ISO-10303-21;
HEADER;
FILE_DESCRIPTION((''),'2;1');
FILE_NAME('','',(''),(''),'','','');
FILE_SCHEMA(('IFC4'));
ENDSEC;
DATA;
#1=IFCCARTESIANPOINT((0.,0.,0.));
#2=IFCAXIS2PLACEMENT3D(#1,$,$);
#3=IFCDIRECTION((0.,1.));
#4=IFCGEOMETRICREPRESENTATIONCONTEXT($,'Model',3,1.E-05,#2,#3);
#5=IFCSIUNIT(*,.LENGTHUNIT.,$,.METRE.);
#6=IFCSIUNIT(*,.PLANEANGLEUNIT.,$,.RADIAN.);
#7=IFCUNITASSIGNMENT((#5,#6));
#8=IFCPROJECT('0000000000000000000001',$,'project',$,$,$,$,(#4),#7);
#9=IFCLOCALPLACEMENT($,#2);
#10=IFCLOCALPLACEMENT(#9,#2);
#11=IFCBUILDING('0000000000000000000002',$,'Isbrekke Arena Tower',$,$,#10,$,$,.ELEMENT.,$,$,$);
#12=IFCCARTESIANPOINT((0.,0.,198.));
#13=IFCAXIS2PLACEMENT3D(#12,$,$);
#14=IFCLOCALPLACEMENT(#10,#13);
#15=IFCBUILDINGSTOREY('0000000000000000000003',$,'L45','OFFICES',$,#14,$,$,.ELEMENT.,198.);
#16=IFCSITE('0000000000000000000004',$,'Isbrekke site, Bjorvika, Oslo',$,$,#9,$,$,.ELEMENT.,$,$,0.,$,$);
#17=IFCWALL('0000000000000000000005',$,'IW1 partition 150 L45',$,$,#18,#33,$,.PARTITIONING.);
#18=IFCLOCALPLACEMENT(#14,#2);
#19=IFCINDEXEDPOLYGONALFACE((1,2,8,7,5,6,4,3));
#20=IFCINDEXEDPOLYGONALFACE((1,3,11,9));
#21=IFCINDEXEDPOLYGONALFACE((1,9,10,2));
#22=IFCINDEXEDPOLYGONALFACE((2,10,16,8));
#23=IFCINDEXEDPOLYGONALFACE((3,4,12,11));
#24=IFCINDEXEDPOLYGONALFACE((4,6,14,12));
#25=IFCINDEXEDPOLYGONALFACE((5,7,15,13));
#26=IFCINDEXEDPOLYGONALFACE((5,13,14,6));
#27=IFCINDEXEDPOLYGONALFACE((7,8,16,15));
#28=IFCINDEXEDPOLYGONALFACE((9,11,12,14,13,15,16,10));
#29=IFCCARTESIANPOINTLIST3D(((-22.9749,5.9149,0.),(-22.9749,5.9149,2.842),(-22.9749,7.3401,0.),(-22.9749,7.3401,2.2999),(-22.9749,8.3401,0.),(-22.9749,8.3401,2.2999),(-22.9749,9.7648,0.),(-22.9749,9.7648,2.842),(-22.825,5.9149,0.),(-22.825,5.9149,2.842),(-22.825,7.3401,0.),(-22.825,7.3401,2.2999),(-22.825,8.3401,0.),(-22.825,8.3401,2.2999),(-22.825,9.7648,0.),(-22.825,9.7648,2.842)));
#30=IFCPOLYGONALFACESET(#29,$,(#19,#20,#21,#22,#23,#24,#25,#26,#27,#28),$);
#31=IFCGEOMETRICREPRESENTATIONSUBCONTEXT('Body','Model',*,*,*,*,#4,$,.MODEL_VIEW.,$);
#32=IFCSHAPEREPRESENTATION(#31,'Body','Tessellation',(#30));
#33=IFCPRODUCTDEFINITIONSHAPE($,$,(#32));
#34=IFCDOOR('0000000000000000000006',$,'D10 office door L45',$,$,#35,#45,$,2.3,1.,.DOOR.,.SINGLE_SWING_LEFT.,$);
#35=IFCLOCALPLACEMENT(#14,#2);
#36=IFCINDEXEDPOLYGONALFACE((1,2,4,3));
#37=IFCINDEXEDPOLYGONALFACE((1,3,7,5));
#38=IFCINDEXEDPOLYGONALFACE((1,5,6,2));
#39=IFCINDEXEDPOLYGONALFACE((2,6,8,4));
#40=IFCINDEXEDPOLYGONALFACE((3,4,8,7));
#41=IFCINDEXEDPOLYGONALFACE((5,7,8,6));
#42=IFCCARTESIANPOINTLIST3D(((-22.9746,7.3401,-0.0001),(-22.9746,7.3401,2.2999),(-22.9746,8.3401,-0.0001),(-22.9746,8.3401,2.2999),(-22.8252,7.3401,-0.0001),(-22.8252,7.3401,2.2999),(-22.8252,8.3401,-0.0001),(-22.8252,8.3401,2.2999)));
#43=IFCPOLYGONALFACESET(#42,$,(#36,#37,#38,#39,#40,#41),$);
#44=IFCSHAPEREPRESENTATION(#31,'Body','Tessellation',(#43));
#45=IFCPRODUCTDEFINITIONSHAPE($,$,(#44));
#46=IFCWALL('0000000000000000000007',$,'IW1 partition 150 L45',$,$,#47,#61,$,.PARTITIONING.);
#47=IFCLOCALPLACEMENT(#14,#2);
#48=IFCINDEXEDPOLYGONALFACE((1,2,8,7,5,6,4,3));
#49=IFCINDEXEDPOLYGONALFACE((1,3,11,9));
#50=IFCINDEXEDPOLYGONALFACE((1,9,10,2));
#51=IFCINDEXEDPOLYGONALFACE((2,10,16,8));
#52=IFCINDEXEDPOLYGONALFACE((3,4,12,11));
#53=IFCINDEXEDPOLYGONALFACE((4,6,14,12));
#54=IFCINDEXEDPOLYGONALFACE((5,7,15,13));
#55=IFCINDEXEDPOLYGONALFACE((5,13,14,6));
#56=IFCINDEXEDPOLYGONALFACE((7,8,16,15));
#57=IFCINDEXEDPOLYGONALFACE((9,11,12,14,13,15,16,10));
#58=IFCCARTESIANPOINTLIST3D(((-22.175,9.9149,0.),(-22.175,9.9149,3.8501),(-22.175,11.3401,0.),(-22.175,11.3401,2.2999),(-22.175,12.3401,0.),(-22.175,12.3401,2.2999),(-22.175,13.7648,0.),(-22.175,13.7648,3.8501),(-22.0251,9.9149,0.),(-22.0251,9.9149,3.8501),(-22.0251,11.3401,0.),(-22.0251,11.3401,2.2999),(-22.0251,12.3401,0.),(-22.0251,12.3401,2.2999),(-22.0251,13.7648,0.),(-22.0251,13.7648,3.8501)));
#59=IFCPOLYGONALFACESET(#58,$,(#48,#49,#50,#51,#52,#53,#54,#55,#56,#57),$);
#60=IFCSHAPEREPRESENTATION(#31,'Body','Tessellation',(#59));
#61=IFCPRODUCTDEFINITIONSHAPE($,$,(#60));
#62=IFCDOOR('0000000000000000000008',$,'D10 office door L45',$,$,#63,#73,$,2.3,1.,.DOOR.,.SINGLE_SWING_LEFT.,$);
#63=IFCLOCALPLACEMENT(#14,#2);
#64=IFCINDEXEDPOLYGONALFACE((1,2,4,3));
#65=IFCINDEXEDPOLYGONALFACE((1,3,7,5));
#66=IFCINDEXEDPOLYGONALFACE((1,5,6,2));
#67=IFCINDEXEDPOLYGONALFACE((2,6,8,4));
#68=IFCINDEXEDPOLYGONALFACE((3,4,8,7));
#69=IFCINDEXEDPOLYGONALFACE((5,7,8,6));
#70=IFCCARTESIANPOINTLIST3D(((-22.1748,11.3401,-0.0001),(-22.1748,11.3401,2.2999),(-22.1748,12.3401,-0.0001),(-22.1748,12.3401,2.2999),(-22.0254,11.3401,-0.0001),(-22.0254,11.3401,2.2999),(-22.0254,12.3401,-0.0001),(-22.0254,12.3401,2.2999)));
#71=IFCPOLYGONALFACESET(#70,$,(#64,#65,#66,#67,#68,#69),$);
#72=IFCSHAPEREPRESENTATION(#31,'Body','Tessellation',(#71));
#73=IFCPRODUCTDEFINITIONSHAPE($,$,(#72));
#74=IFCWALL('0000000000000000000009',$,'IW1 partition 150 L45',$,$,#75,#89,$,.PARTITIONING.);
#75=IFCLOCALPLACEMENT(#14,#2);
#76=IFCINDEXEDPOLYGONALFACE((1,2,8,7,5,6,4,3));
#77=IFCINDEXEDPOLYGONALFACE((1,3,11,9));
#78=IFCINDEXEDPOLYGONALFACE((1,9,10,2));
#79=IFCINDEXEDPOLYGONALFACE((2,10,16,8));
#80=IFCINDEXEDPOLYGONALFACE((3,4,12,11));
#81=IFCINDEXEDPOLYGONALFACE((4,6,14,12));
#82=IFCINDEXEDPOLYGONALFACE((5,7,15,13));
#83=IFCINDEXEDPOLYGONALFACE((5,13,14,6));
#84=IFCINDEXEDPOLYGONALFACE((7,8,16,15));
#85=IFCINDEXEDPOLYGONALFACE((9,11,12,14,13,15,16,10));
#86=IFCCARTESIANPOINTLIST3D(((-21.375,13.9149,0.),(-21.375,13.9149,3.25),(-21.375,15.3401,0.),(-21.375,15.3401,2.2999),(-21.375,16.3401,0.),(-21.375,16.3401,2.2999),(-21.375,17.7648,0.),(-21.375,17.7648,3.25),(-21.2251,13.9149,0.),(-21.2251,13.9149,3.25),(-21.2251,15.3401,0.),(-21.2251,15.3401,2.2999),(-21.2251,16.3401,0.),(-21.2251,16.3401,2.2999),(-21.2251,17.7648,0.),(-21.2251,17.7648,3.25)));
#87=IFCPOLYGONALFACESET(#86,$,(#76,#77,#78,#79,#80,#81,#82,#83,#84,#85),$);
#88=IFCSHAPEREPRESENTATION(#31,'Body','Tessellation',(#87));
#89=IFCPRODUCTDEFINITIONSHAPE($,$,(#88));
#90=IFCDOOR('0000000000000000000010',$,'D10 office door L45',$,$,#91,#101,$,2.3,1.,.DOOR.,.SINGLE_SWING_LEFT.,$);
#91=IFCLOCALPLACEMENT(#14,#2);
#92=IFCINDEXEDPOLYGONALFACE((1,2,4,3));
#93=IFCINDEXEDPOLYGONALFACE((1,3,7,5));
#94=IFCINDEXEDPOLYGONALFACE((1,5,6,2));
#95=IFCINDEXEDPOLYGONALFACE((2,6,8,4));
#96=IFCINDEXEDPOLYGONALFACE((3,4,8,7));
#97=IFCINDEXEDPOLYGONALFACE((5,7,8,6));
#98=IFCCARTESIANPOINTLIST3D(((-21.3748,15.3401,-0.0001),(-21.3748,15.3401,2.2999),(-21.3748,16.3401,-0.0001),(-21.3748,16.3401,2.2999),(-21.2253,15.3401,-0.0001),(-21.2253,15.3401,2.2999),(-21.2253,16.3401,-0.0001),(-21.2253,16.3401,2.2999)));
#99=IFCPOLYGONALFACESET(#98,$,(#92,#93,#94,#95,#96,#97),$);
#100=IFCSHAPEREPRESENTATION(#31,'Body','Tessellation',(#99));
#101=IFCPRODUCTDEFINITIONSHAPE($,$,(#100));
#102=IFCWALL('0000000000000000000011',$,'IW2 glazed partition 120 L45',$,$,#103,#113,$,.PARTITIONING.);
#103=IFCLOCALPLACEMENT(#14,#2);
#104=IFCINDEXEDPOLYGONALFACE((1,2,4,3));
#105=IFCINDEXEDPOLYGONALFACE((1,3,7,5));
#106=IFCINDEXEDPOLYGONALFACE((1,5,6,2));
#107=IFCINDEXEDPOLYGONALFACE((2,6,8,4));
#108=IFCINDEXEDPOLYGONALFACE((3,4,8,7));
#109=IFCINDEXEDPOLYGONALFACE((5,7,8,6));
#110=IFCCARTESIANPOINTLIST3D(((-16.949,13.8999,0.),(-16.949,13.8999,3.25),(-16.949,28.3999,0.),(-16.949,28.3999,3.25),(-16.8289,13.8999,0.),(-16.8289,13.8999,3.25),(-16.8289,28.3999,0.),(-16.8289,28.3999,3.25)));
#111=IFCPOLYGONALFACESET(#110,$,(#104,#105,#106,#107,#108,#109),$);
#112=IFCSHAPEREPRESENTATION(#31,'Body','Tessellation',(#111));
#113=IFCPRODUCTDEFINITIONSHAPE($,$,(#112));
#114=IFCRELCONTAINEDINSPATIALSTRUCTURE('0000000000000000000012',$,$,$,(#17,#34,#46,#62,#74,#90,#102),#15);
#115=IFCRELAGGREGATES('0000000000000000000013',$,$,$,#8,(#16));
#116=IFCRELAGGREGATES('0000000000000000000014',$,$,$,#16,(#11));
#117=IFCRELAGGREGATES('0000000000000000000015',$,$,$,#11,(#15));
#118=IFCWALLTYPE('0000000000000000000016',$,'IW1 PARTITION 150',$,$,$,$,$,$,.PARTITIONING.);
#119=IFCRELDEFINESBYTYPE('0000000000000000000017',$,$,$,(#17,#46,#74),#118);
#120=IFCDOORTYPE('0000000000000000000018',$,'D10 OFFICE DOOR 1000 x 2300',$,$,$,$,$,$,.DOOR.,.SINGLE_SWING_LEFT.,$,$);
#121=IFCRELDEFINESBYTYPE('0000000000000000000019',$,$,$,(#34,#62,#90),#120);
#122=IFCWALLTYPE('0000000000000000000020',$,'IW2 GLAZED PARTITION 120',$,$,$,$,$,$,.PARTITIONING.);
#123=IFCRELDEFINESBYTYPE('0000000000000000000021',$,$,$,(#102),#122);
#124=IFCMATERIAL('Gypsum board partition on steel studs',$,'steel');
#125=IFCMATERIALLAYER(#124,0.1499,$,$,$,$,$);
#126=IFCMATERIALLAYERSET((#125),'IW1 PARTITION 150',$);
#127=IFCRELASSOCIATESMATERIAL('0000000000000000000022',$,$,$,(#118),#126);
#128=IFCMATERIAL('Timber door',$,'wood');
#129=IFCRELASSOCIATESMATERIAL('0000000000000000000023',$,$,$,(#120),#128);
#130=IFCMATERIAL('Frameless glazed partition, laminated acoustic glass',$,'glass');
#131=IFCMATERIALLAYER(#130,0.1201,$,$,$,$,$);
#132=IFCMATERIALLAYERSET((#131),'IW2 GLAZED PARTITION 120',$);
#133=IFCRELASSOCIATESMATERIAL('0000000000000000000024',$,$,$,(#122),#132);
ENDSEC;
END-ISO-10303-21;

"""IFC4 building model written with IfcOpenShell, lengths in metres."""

from ifc_helpers import new_model, si_unit, direction, frame, frame_2d, origin, place, context, subcontext, project, spatial, rectangle, extrude, material, layer, layer_set, type_object, element, fill, save


model = new_model("IFC4")

# Units and contexts
model_context = context("Model", 3, precision=1e-05, world=origin(), true_north=direction((0.0, 1.0)))
body_context = subcontext(model_context, "Body", "Model", "MODEL_VIEW")
ifc_project = project(units=[si_unit("LENGTHUNIT", "METRE"), si_unit("PLANEANGLEUNIT", "RADIAN")], contexts=[model_context])

# Site, building, storey
site_placement = place(None, origin())
site = spatial("IfcSite", under=ifc_project, at=site_placement, Name="Isbrekke site, Bjorvika, Oslo", CompositionType="ELEMENT", RefElevation=0.0)
building_placement = place(site_placement, origin())
building = spatial("IfcBuilding", under=site, at=building_placement, Name="Isbrekke Arena Tower", CompositionType="ELEMENT")
storey_placement = place(building_placement, frame((0.0, 0.0, 198.0)))
storey = spatial("IfcBuildingStorey", under=building, at=storey_placement, Name="L45", Description="OFFICES", CompositionType="ELEMENT", Elevation=198.0)

# Shared definitions
ifc_material_1 = material(Name="Gypsum board partition on steel studs", Category="steel")
ifc_layer_1 = layer(ifc_material_1, 0.1499)
ifc_layer_set_1 = layer_set([ifc_layer_1], Name="IW1 PARTITION 150")
wall_type_1 = type_object("IfcWallType", Name="IW1 PARTITION 150", PredefinedType="PARTITIONING", material=ifc_layer_set_1)

# Walls, openings, doors
wall_1_placement = place(storey_placement, frame((-22.8999, 5.915, 0.0), z_axis=(0.0, 0.0, 1.0), x_axis=(0.0, 1.0, 0.0)))
wall_1 = element("IfcWall", 1, at=wall_1_placement, inside=storey, type_object=wall_type_1, Name="IW1 partition 150 L45", PredefinedType="PARTITIONING", context=body_context, shape_type="SweptSolid", body=[
    extrude(rectangle(XDim=3.8499, YDim=0.1499, at=frame_2d((1.9248, 0.0))), origin(), (0.0, 0.0, 1.0), 2.842),
])
opening_1_placement = place(wall_1_placement, frame((1.425, 0.0, 0.0)))
opening_1 = element("IfcOpeningElement", 2, at=opening_1_placement, cuts=wall_1, PredefinedType="OPENING", context=body_context, shape_type="SweptSolid", body=[
    extrude(rectangle(XDim=1.0, YDim=2.3, at=frame_2d((0.5, 1.1499))), frame((0.0, 0.0898, 0.0), z_axis=(0.0, -1.0, 0.0), x_axis=(1.0, 0.0, 0.0)), (0.0, 0.0, 1.0), 0.1797),
])
ifc_material_2 = material(Name="Timber door", Category="wood")
door_type = type_object("IfcDoorType", Name="D10 OFFICE DOOR 1000 x 2300", OperationType="SINGLE_SWING_LEFT", PredefinedType="DOOR", material=ifc_material_2)
door_1_placement = place(opening_1_placement, origin())
door_1 = element("IfcDoor", 3, at=door_1_placement, inside=storey, type_object=door_type, Name="D10 office door L45", OperationType="SINGLE_SWING_LEFT", OverallHeight=2.3, OverallWidth=1.0, PredefinedType="DOOR", context=body_context, shape_type="SweptSolid", body=[
    extrude(rectangle(XDim=1.0, YDim=2.3, at=frame_2d((0.5, 1.1499))), frame((0.0, 0.0747, 0.0), z_axis=(0.0, -1.0, 0.0), x_axis=(1.0, 0.0, 0.0)), (0.0, 0.0, 1.0), 0.1494),
])
fill(opening_1, door_1)
wall_2_placement = place(storey_placement, frame((-22.1001, 9.915, 0.0), z_axis=(0.0, 0.0, 1.0), x_axis=(0.0, 1.0, 0.0)))
wall_2 = element("IfcWall", 4, at=wall_2_placement, inside=storey, type_object=wall_type_1, Name="IW1 partition 150 L45", PredefinedType="PARTITIONING", context=body_context, shape_type="SweptSolid", body=[
    extrude(rectangle(XDim=3.8499, YDim=0.1499, at=frame_2d((1.9248, 0.0))), origin(), (0.0, 0.0, 1.0), 3.8501),
])
opening_2_placement = place(wall_2_placement, frame((1.425, 0.0, 0.0)))
opening_2 = element("IfcOpeningElement", 5, at=opening_2_placement, cuts=wall_2, PredefinedType="OPENING", context=body_context, shape_type="SweptSolid", body=[
    extrude(rectangle(XDim=1.0, YDim=2.3, at=frame_2d((0.5, 1.1499))), frame((0.0, 0.0898, 0.0), z_axis=(0.0, -1.0, 0.0), x_axis=(1.0, 0.0, 0.0)), (0.0, 0.0, 1.0), 0.1797),
])
door_2_placement = place(opening_2_placement, origin())
door_2 = element("IfcDoor", 6, at=door_2_placement, inside=storey, type_object=door_type, Name="D10 office door L45", OperationType="SINGLE_SWING_LEFT", OverallHeight=2.3, OverallWidth=1.0, PredefinedType="DOOR", context=body_context, shape_type="SweptSolid", body=[
    extrude(rectangle(XDim=1.0, YDim=2.3, at=frame_2d((0.5, 1.1499))), frame((0.0, 0.0747, 0.0), z_axis=(0.0, -1.0, 0.0), x_axis=(1.0, 0.0, 0.0)), (0.0, 0.0, 1.0), 0.1494),
])
fill(opening_2, door_2)
wall_3_placement = place(storey_placement, frame((-21.3, 13.915, 0.0), z_axis=(0.0, 0.0, 1.0), x_axis=(0.0, 1.0, 0.0)))
wall_3 = element("IfcWall", 7, at=wall_3_placement, inside=storey, type_object=wall_type_1, Name="IW1 partition 150 L45", PredefinedType="PARTITIONING", context=body_context, shape_type="SweptSolid", body=[
    extrude(rectangle(XDim=3.8499, YDim=0.1499, at=frame_2d((1.9248, 0.0))), origin(), (0.0, 0.0, 1.0), 3.25),
])
opening_3_placement = place(wall_3_placement, frame((1.425, 0.0, 0.0)))
opening_3 = element("IfcOpeningElement", 8, at=opening_3_placement, cuts=wall_3, PredefinedType="OPENING", context=body_context, shape_type="SweptSolid", body=[
    extrude(rectangle(XDim=1.0, YDim=2.3, at=frame_2d((0.5, 1.1499))), frame((0.0, 0.0898, 0.0), z_axis=(0.0, -1.0, 0.0), x_axis=(1.0, 0.0, 0.0)), (0.0, 0.0, 1.0), 0.1797),
])
door_3_placement = place(opening_3_placement, origin())
door_3 = element("IfcDoor", 9, at=door_3_placement, inside=storey, type_object=door_type, Name="D10 office door L45", OperationType="SINGLE_SWING_LEFT", OverallHeight=2.3, OverallWidth=1.0, PredefinedType="DOOR", context=body_context, shape_type="SweptSolid", body=[
    extrude(rectangle(XDim=1.0, YDim=2.3, at=frame_2d((0.5, 1.1499))), frame((0.0, 0.0747, 0.0), z_axis=(0.0, -1.0, 0.0), x_axis=(1.0, 0.0, 0.0)), (0.0, 0.0, 1.0), 0.1494),
])
fill(opening_3, door_3)

# Wall
ifc_material_3 = material(Name="Frameless glazed partition, laminated acoustic glass", Category="glass")
ifc_layer_2 = layer(ifc_material_3, 0.1201)
ifc_layer_set_2 = layer_set([ifc_layer_2], Name="IW2 GLAZED PARTITION 120")
wall_type_2 = type_object("IfcWallType", Name="IW2 GLAZED PARTITION 120", PredefinedType="PARTITIONING", material=ifc_layer_set_2)
wall_4_placement = place(storey_placement, frame((-16.8889, 13.8999, 0.0), z_axis=(0.0, 0.0, 1.0), x_axis=(0.0, 1.0, 0.0)))
element("IfcWall", 10, at=wall_4_placement, inside=storey, type_object=wall_type_2, Name="IW2 glazed partition 120 L45", PredefinedType="PARTITIONING", context=body_context, shape_type="SweptSolid", body=[
    extrude(rectangle(XDim=14.5, YDim=0.1201, at=frame_2d((7.25, 0.0))), origin(), (0.0, 0.0, 1.0), 3.25),
])

save(model, "model.ifc")
